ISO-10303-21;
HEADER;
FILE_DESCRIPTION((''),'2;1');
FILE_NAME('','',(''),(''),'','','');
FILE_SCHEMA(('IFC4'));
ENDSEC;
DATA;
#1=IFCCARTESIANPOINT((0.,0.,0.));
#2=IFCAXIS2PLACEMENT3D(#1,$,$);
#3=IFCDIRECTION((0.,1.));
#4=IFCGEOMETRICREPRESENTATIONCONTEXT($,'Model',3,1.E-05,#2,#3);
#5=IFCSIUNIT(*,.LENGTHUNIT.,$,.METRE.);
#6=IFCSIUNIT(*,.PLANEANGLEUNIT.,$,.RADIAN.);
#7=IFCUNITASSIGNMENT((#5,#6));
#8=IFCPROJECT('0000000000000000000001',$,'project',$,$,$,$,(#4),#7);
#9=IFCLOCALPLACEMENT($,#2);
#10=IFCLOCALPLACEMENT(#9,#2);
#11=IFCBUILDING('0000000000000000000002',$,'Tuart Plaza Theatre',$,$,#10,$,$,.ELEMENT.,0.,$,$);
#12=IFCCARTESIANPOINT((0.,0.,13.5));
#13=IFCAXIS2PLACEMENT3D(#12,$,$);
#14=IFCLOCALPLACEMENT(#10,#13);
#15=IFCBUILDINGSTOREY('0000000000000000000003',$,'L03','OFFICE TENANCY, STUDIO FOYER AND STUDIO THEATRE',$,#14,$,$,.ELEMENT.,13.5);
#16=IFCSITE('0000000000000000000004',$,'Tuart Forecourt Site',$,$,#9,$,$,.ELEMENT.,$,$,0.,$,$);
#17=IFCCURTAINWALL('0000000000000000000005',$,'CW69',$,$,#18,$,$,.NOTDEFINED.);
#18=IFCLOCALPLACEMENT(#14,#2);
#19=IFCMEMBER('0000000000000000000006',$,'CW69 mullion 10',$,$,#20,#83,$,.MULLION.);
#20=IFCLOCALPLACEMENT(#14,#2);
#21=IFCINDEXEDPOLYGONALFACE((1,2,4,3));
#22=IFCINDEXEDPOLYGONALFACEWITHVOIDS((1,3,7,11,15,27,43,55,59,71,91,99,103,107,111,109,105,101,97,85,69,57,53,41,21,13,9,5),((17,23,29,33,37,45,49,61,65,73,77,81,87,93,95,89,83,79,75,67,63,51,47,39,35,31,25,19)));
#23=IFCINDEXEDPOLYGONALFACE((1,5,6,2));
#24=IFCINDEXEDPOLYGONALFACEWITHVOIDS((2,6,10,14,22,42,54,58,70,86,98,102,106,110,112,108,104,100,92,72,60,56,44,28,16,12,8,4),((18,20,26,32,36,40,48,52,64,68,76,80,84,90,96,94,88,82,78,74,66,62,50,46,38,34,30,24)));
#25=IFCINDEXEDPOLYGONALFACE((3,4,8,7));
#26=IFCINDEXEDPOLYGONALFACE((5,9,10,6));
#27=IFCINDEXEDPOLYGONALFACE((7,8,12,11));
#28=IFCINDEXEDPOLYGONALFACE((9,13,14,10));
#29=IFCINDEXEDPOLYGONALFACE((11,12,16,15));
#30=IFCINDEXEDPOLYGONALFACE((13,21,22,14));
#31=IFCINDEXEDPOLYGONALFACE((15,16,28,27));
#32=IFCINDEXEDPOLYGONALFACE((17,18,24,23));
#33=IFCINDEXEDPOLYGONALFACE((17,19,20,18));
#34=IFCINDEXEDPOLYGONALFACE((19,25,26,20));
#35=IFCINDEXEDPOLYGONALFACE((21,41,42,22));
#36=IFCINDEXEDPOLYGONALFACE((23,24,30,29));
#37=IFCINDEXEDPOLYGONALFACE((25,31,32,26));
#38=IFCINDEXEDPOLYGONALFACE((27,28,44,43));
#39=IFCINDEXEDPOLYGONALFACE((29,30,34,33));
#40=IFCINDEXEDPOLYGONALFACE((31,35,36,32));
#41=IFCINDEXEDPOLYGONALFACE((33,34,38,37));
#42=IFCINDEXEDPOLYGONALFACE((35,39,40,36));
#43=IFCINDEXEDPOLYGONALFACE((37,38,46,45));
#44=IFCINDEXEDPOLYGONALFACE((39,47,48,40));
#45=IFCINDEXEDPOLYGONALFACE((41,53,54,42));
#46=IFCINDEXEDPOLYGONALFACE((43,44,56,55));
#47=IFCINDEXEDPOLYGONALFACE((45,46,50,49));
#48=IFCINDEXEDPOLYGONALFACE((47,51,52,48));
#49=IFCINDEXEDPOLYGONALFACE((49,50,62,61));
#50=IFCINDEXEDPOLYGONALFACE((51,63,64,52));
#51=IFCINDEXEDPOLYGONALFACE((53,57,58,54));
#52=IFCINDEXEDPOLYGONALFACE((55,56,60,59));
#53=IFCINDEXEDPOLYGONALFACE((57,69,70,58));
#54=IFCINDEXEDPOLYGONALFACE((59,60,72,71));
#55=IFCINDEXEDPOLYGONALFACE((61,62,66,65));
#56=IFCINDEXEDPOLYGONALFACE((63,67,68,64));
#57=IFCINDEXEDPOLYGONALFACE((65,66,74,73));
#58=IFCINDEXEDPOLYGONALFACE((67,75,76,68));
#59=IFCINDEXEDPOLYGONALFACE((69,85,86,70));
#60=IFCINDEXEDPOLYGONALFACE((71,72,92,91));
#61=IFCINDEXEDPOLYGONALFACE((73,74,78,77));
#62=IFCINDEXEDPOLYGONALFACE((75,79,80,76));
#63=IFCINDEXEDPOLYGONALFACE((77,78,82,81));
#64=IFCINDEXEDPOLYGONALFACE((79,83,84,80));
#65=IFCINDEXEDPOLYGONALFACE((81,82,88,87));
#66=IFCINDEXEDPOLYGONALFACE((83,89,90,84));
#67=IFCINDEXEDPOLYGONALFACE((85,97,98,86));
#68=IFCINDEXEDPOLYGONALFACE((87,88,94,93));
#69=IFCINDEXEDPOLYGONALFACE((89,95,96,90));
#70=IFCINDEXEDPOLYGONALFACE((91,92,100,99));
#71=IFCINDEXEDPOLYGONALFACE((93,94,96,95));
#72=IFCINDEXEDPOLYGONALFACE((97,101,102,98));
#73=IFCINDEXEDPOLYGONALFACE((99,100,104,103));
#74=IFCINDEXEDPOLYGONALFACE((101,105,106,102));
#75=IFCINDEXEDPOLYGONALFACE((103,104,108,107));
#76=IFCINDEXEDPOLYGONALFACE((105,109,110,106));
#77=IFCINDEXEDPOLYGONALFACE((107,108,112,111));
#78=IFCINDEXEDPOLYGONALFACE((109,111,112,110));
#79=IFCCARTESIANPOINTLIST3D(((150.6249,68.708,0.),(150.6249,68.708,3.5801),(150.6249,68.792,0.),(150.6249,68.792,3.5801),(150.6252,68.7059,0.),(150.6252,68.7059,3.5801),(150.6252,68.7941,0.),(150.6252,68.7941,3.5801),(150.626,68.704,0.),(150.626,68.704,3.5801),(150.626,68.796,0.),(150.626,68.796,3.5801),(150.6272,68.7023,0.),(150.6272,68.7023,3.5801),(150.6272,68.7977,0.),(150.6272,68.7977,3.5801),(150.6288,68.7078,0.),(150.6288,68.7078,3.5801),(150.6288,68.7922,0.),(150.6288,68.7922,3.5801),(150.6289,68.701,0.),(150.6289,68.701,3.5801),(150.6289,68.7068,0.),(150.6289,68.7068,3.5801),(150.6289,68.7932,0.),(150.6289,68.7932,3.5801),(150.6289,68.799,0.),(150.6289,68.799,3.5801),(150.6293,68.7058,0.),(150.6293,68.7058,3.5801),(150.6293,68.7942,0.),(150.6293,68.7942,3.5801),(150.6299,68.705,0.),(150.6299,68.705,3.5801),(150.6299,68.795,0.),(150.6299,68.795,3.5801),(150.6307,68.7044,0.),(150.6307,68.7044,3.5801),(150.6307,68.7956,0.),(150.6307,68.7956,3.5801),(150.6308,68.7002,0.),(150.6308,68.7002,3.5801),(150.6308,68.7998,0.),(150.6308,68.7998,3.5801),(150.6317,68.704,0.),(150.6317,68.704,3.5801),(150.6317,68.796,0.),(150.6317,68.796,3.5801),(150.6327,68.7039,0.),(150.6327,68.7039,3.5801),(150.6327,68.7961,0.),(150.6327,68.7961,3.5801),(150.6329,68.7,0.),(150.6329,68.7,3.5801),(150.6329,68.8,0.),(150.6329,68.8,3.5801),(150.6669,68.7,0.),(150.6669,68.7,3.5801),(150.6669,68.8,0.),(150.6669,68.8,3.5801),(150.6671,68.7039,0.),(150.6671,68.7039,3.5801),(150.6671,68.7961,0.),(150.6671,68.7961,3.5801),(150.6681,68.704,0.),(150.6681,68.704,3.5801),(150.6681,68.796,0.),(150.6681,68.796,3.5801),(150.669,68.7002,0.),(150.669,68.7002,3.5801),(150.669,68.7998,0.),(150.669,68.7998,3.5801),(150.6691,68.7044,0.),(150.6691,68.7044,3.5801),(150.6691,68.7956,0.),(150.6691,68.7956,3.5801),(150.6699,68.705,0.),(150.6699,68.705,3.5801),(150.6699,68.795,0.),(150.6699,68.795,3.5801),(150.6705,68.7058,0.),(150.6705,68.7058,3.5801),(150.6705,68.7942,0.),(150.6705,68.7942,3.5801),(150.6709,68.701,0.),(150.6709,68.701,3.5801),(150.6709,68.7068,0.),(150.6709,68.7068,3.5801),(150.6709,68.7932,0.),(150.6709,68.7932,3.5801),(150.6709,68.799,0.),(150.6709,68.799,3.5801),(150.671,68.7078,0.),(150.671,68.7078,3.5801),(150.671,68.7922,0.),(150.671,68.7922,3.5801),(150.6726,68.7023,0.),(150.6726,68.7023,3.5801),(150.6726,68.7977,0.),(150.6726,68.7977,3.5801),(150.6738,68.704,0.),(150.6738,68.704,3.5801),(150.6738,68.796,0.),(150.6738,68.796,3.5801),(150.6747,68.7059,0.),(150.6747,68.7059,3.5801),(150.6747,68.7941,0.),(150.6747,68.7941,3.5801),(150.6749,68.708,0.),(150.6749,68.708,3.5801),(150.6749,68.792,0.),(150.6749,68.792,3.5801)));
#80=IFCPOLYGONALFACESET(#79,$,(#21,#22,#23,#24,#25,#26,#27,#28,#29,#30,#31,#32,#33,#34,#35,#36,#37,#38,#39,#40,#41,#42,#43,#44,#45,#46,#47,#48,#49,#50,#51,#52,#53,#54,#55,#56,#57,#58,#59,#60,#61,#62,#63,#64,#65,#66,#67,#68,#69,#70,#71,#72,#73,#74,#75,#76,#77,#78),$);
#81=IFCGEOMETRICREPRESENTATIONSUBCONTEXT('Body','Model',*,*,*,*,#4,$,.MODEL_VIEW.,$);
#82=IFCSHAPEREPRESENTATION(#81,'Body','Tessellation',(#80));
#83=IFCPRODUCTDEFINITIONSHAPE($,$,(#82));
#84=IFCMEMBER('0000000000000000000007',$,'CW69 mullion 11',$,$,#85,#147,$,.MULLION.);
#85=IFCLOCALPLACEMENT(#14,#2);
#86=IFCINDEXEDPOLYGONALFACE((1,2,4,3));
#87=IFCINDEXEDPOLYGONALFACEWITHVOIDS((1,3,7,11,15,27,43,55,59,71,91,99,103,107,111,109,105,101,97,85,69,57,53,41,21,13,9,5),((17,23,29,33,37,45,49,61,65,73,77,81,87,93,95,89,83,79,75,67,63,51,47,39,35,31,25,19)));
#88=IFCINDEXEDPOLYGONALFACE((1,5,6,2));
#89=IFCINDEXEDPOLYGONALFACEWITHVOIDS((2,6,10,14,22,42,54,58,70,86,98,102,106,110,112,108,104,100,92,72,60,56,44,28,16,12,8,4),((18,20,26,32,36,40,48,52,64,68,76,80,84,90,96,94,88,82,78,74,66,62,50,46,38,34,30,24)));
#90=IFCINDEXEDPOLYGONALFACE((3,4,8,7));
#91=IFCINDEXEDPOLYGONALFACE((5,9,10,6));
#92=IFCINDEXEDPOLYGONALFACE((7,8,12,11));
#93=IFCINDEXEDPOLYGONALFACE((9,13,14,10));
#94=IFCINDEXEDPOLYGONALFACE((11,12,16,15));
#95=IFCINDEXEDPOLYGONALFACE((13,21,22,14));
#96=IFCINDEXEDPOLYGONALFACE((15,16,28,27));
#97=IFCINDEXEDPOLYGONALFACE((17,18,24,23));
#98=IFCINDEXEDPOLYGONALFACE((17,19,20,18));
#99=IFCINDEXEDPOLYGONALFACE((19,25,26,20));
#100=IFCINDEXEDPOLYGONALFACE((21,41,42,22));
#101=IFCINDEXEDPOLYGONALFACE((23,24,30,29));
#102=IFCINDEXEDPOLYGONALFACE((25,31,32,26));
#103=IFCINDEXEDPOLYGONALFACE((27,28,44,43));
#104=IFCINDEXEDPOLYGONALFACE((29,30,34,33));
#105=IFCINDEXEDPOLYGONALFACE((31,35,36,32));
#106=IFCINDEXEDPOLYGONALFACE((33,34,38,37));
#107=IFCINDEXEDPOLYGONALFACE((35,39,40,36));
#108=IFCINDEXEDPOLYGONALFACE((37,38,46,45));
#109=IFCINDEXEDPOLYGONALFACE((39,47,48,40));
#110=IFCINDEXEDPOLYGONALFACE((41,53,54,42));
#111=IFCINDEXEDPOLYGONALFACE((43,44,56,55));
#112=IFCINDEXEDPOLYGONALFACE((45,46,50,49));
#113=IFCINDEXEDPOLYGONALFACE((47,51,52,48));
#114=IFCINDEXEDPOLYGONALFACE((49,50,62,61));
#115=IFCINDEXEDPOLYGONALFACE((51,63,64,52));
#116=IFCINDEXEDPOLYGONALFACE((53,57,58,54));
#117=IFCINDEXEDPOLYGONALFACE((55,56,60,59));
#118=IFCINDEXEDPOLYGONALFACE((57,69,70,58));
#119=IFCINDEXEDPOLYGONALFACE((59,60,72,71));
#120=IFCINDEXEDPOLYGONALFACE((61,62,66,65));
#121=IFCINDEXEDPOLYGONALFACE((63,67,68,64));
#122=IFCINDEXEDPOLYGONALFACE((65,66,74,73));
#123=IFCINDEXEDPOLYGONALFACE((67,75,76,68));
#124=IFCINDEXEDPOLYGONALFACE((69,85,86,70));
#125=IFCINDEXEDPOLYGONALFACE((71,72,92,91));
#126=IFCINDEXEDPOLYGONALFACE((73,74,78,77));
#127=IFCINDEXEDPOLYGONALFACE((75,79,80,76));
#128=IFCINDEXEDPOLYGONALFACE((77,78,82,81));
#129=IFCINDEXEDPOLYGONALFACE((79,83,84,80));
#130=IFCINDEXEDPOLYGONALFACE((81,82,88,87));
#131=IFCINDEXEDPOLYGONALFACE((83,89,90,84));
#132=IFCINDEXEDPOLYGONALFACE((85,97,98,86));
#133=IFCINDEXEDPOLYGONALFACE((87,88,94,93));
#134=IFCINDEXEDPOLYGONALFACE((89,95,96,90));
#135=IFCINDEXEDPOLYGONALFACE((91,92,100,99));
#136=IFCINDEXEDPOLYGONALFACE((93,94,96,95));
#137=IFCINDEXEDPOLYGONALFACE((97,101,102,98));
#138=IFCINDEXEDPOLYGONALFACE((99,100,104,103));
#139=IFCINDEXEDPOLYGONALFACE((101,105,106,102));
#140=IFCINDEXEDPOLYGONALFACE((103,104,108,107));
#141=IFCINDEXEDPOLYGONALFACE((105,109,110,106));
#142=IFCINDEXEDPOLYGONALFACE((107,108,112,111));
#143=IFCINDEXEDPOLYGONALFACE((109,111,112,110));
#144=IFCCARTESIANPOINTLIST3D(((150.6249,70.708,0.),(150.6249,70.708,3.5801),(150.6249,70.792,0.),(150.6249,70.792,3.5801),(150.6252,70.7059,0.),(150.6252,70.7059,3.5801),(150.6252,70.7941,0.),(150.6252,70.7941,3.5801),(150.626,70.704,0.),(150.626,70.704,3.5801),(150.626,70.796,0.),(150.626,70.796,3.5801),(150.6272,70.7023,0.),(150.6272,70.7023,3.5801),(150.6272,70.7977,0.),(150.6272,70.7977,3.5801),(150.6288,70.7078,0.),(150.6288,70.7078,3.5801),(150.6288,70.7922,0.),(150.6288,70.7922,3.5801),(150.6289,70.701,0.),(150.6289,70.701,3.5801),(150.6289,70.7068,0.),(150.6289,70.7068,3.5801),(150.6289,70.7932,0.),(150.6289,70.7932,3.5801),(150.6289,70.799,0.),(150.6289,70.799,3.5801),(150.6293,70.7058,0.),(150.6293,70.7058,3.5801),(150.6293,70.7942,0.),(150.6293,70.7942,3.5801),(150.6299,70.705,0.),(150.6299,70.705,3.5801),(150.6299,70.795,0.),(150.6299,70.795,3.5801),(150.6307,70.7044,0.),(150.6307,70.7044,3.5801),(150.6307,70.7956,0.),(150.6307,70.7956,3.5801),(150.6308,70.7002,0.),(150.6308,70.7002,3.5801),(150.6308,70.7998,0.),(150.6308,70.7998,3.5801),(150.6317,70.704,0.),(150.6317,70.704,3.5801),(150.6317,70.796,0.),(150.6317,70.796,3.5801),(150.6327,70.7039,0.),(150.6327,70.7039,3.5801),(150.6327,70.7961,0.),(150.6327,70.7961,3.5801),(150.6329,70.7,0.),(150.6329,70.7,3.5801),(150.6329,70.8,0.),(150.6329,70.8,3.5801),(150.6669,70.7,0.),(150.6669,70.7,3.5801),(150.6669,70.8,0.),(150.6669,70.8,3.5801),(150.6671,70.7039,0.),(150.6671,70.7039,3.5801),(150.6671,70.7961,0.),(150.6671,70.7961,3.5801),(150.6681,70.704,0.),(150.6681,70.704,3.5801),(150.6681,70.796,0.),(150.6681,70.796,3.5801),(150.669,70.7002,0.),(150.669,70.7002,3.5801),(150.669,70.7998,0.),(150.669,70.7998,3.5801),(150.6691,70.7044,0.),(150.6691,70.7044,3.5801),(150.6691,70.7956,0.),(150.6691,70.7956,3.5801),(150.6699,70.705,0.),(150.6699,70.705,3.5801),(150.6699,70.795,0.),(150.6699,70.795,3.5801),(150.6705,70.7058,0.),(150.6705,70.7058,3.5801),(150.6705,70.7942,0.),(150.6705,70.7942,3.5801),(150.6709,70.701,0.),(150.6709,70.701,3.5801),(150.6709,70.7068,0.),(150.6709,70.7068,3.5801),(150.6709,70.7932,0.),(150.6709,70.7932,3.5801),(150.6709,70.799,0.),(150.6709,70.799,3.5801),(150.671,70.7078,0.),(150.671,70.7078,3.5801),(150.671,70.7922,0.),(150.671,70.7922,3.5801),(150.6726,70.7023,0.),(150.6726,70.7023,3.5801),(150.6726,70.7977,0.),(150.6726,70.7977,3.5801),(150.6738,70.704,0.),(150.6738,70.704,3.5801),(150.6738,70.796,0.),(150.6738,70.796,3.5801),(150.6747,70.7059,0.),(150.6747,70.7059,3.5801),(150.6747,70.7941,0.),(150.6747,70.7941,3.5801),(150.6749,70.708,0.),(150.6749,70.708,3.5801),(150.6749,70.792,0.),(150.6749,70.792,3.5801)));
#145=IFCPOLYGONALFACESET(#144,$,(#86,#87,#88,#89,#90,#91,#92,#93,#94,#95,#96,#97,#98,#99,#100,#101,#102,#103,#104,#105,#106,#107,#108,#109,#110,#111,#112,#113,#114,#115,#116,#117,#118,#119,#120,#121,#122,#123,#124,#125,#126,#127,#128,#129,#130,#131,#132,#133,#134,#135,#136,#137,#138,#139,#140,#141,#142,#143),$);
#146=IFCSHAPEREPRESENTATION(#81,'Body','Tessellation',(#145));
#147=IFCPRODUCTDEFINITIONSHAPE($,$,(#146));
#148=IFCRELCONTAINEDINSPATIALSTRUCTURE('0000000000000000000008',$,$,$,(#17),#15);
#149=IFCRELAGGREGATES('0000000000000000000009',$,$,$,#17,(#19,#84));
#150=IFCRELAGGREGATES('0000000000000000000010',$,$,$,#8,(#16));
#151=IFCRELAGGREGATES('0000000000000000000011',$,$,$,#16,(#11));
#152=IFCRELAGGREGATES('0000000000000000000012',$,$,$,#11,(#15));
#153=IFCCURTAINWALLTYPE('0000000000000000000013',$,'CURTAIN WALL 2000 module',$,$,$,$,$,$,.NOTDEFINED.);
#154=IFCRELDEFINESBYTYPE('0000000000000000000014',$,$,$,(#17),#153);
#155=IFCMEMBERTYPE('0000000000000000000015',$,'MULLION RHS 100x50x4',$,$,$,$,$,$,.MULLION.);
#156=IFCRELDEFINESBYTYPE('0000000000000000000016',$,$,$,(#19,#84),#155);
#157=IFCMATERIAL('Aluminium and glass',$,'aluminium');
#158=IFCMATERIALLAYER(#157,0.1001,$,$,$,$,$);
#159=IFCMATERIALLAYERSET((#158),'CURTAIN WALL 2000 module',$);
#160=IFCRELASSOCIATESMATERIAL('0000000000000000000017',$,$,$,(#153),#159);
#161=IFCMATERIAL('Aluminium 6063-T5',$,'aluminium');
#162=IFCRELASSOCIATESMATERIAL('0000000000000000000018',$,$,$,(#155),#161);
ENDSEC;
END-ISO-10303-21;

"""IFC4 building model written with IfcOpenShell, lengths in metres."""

from ifc_helpers import new_model, si_unit, direction, frame, origin, origin_2d, place, context, subcontext, project, spatial, hollow_rectangle, extrude, material, layer, layer_set, material_profile, profile_set, type_object, element, aggregate, save


model = new_model("IFC4")

# Units and contexts
model_context = context("Model", 3, precision=1e-05, world=origin(), true_north=direction((0.0, 1.0)))
body_context = subcontext(model_context, "Body", "Model", "MODEL_VIEW")
ifc_project = project(units=[si_unit("LENGTHUNIT", "METRE"), si_unit("PLANEANGLEUNIT", "RADIAN")], contexts=[model_context])

# Site, building, storey
site_placement = place(None, origin())
site = spatial("IfcSite", under=ifc_project, at=site_placement, Name="Tuart Forecourt Site", CompositionType="ELEMENT", RefElevation=0.0)
building_placement = place(site_placement, origin())
building = spatial("IfcBuilding", under=site, at=building_placement, Name="Tuart Plaza Theatre", CompositionType="ELEMENT", ElevationOfRefHeight=0.0)
storey_placement = place(building_placement, frame((0.0, 0.0, 13.5)))
storey = spatial("IfcBuildingStorey", under=building, at=storey_placement, Name="L03", Description="OFFICE TENANCY, STUDIO FOYER AND STUDIO THEATRE", CompositionType="ELEMENT", Elevation=13.5)

# Curtain wall, members
ifc_material_1 = material(Name="Aluminium and glass", Category="aluminium")
ifc_layer_1 = layer(ifc_material_1, 0.1001)
ifc_layer_set_1 = layer_set([ifc_layer_1], Name="CURTAIN WALL 2000 module")
curtain_wall_type = type_object("IfcCurtainWallType", Name="CURTAIN WALL 2000 module", PredefinedType="NOTDEFINED", material=ifc_layer_set_1)
curtain_wall_placement = place(storey_placement, origin())
curtain_wall = element("IfcCurtainWall", 1, at=curtain_wall_placement, inside=storey, type_object=curtain_wall_type, Name="CW69", PredefinedType="NOTDEFINED")
ifc_material_2 = material(Name="Aluminium 6063-T5", Category="aluminium")
ifc_material_profile_1 = material_profile(ifc_material_2, hollow_rectangle(XDim=0.05, YDim=0.1001, WallThickness=0.0039, InnerFilletRadius=0.0039, OuterFilletRadius=0.0081, at=origin_2d()), Name="RHS 100x50x4")
ifc_profile_set_1 = profile_set([ifc_material_profile_1], Name="Aluminium 6063-T5")
member_type_1 = type_object("IfcMemberType", Name="MULLION RHS 100x50x4", PredefinedType="MULLION", material=ifc_profile_set_1)
member_1_placement = place(storey_placement, frame((150.6499, 68.75, 0.0), z_axis=(0.0, 0.0, 1.0), x_axis=(-1.0, 0.0, 0.0)))
member_1 = element("IfcMember", 2, at=member_1_placement, type_object=member_type_1, Name="CW69 mullion 10", PredefinedType="MULLION", context=body_context, shape_type="SweptSolid", body=[
    extrude(hollow_rectangle(XDim=0.05, YDim=0.1001, WallThickness=0.0039, InnerFilletRadius=0.0039, OuterFilletRadius=0.0081, at=origin_2d()), origin(), (0.0, 0.0, 1.0), 3.5801),
])
member_2_placement = place(storey_placement, frame((150.6499, 70.75, 0.0), z_axis=(0.0, 0.0, 1.0), x_axis=(-1.0, 0.0, 0.0)))
member_2 = element("IfcMember", 3, at=member_2_placement, type_object=member_type_1, Name="CW69 mullion 11", PredefinedType="MULLION", context=body_context, shape_type="SweptSolid", body=[
    extrude(hollow_rectangle(XDim=0.05, YDim=0.1001, WallThickness=0.0039, InnerFilletRadius=0.0039, OuterFilletRadius=0.0081, at=origin_2d()), origin(), (0.0, 0.0, 1.0), 3.5801),
])
aggregate(curtain_wall, [member_1, member_2])

save(model, "model.ifc")
